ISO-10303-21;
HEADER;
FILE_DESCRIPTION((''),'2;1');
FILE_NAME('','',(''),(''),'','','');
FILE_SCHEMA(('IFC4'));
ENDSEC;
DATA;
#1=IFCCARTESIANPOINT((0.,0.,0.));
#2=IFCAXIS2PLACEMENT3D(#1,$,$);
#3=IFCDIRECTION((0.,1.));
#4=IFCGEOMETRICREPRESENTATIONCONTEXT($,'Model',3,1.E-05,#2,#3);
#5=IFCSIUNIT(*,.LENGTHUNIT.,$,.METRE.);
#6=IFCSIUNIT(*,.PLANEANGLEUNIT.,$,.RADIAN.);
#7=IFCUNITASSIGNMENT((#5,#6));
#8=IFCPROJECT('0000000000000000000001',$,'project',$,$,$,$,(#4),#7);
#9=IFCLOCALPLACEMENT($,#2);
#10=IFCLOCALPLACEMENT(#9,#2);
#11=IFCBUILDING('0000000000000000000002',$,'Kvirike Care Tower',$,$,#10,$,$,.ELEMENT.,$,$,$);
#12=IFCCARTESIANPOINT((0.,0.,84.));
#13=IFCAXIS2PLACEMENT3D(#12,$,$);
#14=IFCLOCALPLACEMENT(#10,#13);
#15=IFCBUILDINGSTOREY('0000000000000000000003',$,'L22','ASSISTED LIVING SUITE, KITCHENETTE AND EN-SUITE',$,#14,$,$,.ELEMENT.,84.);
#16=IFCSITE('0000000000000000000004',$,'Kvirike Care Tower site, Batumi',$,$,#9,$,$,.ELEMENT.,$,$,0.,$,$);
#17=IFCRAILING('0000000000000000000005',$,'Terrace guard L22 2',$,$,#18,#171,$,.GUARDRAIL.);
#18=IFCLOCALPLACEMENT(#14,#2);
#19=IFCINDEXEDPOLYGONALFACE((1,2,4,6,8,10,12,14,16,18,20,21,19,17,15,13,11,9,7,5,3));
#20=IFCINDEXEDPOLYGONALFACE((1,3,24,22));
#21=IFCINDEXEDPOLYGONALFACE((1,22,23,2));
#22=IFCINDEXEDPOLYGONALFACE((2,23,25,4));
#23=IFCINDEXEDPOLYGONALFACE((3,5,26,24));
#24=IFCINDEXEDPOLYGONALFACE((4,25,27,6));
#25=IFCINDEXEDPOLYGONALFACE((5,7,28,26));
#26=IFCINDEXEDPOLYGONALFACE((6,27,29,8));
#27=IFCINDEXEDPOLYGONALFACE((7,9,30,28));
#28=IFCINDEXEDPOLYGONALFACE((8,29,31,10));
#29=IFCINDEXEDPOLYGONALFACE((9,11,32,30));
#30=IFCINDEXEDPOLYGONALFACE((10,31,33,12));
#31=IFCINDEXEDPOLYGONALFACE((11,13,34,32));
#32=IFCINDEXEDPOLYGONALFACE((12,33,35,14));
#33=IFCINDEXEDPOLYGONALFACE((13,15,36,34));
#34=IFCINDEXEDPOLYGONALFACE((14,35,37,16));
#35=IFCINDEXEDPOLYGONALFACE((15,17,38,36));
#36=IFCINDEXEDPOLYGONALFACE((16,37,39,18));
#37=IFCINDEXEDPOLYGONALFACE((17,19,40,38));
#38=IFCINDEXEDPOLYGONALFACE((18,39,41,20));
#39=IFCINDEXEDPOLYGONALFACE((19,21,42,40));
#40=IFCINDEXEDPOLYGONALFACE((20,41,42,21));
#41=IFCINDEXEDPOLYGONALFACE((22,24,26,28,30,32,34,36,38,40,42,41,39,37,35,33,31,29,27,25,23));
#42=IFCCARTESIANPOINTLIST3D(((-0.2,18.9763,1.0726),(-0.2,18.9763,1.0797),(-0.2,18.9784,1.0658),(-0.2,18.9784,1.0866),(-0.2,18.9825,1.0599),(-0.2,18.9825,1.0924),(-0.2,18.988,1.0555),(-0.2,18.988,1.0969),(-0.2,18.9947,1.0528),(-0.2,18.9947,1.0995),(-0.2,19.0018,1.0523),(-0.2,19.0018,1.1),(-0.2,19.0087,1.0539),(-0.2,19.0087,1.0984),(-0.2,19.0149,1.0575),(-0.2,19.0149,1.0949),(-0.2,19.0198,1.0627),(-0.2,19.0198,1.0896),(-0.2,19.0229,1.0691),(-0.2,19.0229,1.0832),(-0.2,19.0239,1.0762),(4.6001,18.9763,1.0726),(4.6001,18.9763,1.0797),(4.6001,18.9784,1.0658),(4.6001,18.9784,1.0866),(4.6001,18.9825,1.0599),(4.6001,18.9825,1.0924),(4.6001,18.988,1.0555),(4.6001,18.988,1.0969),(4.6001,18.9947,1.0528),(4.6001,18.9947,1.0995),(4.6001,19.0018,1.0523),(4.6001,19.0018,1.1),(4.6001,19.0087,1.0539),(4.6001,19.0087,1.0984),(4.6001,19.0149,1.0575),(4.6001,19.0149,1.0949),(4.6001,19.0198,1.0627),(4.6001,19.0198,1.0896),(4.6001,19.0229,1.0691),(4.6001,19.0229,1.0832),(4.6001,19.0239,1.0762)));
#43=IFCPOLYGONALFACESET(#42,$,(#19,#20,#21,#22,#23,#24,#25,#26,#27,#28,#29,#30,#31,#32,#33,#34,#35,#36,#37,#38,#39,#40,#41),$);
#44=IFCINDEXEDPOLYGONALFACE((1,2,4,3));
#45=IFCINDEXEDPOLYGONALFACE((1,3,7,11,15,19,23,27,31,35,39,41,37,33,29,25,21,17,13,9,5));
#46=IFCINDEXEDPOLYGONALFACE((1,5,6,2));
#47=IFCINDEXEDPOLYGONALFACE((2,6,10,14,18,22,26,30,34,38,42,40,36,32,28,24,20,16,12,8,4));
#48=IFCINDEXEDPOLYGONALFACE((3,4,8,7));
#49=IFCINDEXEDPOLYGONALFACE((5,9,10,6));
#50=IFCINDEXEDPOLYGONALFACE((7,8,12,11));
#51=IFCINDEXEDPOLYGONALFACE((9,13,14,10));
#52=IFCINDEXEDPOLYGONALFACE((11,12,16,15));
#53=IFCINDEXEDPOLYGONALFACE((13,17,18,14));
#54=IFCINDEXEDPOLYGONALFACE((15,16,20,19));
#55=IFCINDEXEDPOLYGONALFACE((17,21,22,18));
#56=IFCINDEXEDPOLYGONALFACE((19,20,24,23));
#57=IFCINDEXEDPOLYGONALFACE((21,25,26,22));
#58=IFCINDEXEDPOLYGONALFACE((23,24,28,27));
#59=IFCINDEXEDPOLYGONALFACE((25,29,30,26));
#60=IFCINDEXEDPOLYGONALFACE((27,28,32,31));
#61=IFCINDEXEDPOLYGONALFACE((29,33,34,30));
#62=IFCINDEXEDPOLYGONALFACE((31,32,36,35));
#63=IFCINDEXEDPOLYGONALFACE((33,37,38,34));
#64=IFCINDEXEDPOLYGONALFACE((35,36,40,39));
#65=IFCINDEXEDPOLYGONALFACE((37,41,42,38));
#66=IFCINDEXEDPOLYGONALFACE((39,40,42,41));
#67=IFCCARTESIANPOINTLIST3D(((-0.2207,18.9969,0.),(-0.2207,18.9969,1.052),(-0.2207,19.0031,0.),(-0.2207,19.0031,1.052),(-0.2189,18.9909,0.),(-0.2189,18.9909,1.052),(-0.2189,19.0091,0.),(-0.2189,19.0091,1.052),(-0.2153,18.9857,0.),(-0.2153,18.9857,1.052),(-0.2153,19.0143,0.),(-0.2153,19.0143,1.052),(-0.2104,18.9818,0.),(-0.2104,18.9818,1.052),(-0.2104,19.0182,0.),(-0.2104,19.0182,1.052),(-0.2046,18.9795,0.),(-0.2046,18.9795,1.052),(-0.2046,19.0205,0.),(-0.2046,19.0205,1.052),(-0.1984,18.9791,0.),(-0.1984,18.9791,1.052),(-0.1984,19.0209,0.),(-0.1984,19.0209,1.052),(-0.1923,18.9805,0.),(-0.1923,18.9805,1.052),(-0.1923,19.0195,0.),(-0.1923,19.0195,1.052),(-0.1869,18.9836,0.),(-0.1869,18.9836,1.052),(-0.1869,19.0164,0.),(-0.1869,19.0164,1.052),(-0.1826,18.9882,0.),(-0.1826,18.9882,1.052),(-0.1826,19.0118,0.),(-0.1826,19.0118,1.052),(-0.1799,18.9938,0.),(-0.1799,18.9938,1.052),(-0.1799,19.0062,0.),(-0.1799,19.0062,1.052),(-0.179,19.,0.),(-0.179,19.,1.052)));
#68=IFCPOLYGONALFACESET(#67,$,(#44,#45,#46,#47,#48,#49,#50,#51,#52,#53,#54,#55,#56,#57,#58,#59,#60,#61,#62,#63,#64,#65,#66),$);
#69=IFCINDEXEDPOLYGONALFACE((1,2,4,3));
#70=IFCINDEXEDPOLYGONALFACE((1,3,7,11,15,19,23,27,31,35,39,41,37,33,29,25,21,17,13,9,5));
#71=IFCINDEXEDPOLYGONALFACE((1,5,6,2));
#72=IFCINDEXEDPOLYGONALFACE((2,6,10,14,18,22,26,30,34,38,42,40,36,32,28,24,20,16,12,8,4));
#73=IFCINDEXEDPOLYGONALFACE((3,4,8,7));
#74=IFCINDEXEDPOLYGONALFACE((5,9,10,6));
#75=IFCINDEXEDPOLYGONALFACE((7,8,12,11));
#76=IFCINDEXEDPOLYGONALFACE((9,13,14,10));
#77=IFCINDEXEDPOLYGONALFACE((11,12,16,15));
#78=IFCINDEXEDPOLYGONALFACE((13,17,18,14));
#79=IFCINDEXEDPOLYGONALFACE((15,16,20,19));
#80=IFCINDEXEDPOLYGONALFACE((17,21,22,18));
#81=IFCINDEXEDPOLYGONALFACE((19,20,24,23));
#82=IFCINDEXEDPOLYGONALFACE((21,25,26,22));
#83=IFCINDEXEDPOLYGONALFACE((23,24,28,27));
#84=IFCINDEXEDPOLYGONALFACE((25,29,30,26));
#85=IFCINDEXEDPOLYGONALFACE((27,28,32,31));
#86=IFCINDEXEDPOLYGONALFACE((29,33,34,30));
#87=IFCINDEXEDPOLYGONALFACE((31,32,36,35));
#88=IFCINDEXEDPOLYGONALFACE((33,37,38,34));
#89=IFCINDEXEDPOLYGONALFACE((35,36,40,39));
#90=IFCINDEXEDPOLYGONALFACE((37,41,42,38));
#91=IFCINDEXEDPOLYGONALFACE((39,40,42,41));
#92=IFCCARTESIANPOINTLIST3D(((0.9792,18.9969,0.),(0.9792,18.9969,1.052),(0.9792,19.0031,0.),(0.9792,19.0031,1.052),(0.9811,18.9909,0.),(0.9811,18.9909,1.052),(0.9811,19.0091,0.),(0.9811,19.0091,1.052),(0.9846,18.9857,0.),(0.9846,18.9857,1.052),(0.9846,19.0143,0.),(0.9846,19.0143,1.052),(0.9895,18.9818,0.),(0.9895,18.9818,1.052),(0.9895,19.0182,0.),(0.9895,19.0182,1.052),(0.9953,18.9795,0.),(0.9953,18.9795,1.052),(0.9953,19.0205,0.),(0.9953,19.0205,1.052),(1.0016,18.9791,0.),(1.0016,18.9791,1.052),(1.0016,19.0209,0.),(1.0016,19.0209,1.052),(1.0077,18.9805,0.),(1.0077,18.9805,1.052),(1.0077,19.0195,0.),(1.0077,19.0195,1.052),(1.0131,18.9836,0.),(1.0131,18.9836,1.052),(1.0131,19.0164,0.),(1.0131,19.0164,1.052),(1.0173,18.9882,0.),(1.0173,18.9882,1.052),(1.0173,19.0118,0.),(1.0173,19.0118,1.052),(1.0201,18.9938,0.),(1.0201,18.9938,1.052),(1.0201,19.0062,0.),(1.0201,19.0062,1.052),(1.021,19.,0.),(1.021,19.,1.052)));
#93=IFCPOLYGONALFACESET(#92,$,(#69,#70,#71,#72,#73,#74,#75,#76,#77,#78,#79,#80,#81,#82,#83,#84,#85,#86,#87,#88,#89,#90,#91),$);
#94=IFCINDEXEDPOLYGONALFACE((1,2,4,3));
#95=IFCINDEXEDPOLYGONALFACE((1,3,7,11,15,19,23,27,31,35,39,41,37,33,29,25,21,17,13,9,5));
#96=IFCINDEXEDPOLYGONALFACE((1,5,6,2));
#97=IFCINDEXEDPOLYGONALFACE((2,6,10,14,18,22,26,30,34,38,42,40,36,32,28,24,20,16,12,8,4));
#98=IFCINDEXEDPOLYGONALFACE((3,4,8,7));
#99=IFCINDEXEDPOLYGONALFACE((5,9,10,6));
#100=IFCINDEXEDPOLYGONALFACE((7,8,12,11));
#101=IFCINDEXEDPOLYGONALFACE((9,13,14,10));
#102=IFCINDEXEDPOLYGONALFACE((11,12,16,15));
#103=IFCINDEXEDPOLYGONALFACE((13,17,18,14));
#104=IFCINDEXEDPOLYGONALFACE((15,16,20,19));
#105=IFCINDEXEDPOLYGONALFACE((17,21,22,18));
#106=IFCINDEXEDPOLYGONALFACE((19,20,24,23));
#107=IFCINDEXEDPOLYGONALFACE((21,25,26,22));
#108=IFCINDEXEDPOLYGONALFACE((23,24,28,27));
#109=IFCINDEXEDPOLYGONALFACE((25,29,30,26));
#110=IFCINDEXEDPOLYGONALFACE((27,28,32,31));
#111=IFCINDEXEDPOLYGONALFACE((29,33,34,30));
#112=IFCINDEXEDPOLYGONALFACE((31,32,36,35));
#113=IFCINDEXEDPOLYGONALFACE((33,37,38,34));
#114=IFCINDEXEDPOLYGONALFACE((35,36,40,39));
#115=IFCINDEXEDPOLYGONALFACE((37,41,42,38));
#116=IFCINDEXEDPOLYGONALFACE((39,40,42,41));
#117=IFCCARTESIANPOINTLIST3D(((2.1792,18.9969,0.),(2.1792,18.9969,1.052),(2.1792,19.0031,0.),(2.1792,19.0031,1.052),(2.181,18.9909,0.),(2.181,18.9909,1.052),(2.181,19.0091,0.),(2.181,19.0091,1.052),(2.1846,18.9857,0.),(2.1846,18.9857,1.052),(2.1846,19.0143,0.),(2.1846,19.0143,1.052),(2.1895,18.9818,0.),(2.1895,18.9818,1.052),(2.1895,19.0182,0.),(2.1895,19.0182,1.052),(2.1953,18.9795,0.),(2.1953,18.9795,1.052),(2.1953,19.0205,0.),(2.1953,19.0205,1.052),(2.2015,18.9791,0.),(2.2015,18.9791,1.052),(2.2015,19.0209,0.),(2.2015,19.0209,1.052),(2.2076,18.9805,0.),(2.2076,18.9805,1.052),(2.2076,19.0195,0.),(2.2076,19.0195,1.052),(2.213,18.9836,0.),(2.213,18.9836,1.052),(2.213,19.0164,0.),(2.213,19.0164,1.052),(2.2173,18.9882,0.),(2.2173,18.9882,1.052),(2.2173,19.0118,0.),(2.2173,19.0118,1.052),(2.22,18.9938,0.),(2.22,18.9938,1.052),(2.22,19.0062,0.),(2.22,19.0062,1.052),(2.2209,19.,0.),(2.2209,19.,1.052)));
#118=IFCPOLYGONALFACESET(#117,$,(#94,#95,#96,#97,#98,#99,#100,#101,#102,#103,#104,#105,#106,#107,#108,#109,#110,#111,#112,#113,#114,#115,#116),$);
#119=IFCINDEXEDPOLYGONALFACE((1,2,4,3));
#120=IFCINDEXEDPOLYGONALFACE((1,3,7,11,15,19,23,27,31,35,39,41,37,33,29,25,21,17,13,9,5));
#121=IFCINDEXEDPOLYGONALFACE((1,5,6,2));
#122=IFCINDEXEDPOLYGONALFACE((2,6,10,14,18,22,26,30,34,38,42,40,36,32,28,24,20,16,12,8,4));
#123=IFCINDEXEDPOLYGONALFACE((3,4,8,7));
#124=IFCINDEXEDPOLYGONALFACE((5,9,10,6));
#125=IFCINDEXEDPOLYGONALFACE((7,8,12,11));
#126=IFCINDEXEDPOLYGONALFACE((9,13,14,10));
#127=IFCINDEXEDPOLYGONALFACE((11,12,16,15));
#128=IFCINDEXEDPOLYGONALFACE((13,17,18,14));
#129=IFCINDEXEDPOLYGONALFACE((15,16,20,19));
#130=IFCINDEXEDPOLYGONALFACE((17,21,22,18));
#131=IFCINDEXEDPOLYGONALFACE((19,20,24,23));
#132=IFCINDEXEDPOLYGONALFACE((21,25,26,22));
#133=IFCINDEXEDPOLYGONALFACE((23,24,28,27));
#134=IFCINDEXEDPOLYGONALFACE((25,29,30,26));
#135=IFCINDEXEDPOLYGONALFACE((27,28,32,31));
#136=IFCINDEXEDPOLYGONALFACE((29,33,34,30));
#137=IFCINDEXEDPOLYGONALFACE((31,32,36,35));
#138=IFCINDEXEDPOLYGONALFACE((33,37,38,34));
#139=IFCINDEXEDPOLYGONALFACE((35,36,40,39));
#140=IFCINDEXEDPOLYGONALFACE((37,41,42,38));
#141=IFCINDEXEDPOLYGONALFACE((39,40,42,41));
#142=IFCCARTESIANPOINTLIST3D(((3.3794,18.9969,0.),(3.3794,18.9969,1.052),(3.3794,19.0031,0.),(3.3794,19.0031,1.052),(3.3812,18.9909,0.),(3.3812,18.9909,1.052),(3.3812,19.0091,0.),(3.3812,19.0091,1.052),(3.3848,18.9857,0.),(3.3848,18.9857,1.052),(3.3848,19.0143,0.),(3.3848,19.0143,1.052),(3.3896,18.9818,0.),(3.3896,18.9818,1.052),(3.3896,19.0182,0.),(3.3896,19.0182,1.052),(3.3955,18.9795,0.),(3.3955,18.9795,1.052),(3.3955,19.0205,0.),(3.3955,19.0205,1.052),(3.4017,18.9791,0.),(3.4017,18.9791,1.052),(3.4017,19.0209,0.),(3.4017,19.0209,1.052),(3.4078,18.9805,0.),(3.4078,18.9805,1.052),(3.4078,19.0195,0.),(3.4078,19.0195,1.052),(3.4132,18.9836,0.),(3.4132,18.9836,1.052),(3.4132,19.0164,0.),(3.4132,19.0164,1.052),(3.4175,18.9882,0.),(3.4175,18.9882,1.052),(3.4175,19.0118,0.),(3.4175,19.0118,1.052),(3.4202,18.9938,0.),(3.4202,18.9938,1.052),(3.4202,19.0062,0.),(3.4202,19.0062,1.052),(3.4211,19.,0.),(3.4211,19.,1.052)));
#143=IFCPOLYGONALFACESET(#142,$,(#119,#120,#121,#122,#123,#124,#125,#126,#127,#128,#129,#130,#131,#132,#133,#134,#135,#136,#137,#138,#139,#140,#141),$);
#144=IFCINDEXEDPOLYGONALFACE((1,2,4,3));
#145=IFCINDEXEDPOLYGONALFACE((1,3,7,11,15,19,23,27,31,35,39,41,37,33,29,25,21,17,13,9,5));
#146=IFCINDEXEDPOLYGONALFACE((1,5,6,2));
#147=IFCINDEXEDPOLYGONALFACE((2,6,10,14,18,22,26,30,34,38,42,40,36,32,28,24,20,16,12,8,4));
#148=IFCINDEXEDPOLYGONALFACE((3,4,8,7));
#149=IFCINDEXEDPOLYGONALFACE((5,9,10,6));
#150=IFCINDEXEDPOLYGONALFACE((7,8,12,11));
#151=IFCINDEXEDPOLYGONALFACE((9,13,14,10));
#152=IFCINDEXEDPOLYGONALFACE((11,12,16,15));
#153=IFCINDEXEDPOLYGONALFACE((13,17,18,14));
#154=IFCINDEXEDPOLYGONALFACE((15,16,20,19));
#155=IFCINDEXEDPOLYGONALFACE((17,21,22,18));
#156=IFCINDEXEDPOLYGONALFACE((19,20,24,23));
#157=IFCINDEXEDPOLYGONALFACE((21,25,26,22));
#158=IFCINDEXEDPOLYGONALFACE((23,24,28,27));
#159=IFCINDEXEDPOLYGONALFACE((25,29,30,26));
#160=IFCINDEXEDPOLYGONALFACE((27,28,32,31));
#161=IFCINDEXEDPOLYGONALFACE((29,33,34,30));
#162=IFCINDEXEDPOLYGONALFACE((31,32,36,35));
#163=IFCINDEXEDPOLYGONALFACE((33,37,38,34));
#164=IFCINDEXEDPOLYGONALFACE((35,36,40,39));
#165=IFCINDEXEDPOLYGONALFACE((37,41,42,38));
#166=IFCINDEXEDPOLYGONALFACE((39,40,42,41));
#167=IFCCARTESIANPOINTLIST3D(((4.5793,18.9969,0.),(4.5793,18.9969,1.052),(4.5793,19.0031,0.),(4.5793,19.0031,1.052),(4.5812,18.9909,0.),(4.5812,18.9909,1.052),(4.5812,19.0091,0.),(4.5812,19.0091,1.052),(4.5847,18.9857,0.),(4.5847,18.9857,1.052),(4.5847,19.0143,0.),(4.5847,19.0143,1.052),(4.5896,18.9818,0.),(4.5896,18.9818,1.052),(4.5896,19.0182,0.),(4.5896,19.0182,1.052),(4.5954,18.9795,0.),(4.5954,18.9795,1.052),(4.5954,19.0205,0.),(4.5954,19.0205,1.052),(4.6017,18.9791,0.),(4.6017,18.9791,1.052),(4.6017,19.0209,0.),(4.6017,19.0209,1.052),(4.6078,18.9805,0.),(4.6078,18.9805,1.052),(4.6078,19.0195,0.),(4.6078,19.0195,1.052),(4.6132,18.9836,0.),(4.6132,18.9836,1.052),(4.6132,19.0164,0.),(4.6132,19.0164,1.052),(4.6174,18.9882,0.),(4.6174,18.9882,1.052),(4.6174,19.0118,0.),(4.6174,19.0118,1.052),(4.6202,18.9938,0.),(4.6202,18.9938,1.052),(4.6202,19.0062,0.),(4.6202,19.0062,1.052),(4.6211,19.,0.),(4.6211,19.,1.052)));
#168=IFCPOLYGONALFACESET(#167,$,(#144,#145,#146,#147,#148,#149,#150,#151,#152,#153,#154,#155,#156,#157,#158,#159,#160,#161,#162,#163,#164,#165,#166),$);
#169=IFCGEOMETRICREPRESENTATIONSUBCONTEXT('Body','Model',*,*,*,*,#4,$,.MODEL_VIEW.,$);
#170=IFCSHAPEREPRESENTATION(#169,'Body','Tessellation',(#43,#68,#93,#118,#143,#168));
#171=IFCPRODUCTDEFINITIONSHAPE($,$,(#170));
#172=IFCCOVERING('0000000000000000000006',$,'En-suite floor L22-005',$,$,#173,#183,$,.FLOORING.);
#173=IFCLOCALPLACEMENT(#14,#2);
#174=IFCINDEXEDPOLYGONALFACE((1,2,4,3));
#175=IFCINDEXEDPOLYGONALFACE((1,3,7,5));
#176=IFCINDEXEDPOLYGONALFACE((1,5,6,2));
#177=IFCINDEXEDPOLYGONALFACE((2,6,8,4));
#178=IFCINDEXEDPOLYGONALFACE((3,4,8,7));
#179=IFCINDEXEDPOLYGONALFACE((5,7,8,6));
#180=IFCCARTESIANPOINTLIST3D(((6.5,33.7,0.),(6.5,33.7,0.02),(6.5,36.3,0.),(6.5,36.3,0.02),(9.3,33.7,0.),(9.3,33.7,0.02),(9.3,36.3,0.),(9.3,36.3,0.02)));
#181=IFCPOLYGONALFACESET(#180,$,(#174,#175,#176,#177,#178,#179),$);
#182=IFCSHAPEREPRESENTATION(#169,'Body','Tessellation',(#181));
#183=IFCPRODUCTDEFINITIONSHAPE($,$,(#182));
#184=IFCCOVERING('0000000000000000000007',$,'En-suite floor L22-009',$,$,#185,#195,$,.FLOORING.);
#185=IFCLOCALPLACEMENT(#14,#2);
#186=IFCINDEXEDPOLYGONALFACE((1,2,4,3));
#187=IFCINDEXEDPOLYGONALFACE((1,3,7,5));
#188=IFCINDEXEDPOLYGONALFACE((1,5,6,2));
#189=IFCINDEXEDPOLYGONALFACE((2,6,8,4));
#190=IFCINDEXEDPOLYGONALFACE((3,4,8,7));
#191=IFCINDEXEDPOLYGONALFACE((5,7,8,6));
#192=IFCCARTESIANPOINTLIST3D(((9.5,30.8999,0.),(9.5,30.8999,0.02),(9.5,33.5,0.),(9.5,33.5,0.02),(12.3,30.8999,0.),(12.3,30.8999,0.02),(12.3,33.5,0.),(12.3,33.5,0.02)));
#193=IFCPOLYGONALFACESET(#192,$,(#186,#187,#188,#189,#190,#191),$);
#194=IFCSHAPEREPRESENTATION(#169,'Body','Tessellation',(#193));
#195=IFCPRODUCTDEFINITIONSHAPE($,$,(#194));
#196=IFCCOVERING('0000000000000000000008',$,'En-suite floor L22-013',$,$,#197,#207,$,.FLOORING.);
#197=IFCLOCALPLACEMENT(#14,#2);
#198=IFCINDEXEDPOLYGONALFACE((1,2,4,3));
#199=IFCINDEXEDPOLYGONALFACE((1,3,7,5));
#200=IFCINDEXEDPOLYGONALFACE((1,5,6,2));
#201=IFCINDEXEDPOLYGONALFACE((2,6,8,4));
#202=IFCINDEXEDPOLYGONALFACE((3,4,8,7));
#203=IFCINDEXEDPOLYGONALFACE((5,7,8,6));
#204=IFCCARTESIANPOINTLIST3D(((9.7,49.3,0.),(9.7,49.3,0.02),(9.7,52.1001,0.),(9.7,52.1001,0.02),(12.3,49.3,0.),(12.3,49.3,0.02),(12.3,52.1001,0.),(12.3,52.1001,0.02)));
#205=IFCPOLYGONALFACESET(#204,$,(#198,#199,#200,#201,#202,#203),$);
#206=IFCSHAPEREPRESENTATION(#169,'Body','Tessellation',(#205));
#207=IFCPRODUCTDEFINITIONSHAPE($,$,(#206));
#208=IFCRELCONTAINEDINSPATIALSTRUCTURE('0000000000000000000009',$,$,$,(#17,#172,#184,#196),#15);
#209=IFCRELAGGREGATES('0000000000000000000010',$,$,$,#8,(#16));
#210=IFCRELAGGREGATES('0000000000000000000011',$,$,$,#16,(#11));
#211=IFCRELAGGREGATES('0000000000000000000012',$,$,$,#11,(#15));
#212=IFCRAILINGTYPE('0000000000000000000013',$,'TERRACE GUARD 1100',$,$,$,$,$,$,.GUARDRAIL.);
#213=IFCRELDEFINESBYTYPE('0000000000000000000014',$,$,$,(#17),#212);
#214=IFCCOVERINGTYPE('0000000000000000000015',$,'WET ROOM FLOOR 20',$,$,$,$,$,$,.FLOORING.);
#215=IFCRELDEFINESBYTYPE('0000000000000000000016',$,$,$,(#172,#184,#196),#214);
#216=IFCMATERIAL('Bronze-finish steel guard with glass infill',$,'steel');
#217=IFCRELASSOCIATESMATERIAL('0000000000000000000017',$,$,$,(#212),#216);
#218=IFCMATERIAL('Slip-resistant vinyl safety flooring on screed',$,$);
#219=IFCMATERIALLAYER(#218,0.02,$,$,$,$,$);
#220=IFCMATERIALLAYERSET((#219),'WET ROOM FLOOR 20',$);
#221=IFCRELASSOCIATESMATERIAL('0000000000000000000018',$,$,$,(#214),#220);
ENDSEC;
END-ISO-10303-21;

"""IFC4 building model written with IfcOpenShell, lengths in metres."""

from ifc_helpers import new_model, si_unit, direction, frame, origin, origin_2d, place, context, subcontext, project, spatial, polyline, circle, outline, extrude, material, layer, layer_set, type_object, element, save


model = new_model("IFC4")

# Units and contexts
model_context = context("Model", 3, precision=1e-05, world=origin(), true_north=direction((0.0, 1.0)))
body_context = subcontext(model_context, "Body", "Model", "MODEL_VIEW")
ifc_project = project(units=[si_unit("LENGTHUNIT", "METRE"), si_unit("PLANEANGLEUNIT", "RADIAN")], contexts=[model_context])

# Site, building, storey
site_placement = place(None, origin())
site = spatial("IfcSite", under=ifc_project, at=site_placement, Name="Kvirike Care Tower site, Batumi", CompositionType="ELEMENT", RefElevation=0.0)
building_placement = place(site_placement, origin())
building = spatial("IfcBuilding", under=site, at=building_placement, Name="Kvirike Care Tower", CompositionType="ELEMENT")
storey_placement = place(building_placement, frame((0.0, 0.0, 84.0)))
storey = spatial("IfcBuildingStorey", under=building, at=storey_placement, Name="L22", Description="ASSISTED LIVING SUITE, KITCHENETTE AND EN-SUITE", CompositionType="ELEMENT", Elevation=84.0)

# Railing
ifc_material_1 = material(Name="Bronze-finish steel guard with glass infill", Category="steel")
railing_type = type_object("IfcRailingType", Name="TERRACE GUARD 1100", PredefinedType="GUARDRAIL", material=ifc_material_1)
railing_1_placement = place(storey_placement, frame((-0.2, 19.0, 0.0)))
element("IfcRailing", 1, at=railing_1_placement, inside=storey, type_object=railing_type, Name="Terrace guard L22 2", PredefinedType="GUARDRAIL", context=body_context, shape_type="SweptSolid", body=[
    extrude(circle(Radius=0.0239, at=origin_2d()), frame((0.0, 0.0, 1.0762), z_axis=(1.0, 0.0, 0.0), x_axis=(0.0, 1.0, 0.0)), (0.0, 0.0, 1.0), 4.8),
    extrude(circle(Radius=0.021, at=origin_2d()), origin(), (0.0, 0.0, 1.0), 1.052),
    extrude(circle(Radius=0.021, at=origin_2d()), frame((1.2, 0.0, 0.0)), (0.0, 0.0, 1.0), 1.052),
    extrude(circle(Radius=0.021, at=origin_2d()), frame((2.3999, 0.0, 0.0)), (0.0, 0.0, 1.0), 1.052),
    extrude(circle(Radius=0.021, at=origin_2d()), frame((3.6001, 0.0, 0.0)), (0.0, 0.0, 1.0), 1.052),
    extrude(circle(Radius=0.021, at=origin_2d()), frame((4.8, 0.0, 0.0)), (0.0, 0.0, 1.0), 1.052),
])

# Coverings
ifc_material_2 = material(Name="Slip-resistant vinyl safety flooring on screed")
ifc_layer_1 = layer(ifc_material_2, 0.02)
ifc_layer_set_1 = layer_set([ifc_layer_1], Name="WET ROOM FLOOR 20")
covering_type_1 = type_object("IfcCoveringType", Name="WET ROOM FLOOR 20", PredefinedType="FLOORING", material=ifc_layer_set_1)
covering_1_placement = place(storey_placement, origin())
element("IfcCovering", 2, at=covering_1_placement, inside=storey, type_object=covering_type_1, Name="En-suite floor L22-005", PredefinedType="FLOORING", context=body_context, shape_type="SweptSolid", body=[
    extrude(outline(polyline([(6.5, 36.3), (9.3, 36.3), (9.3, 33.7), (6.5, 33.7), (6.5, 36.3)])), origin(), (0.0, 0.0, 1.0), 0.02),
])
covering_2_placement = place(storey_placement, origin())
element("IfcCovering", 3, at=covering_2_placement, inside=storey, type_object=covering_type_1, Name="En-suite floor L22-009", PredefinedType="FLOORING", context=body_context, shape_type="SweptSolid", body=[
    extrude(outline(polyline([(9.5, 33.5), (12.3, 33.5), (12.3, 30.8999), (9.5, 30.8999), (9.5, 33.5)])), origin(), (0.0, 0.0, 1.0), 0.02),
])
covering_3_placement = place(storey_placement, origin())
element("IfcCovering", 4, at=covering_3_placement, inside=storey, type_object=covering_type_1, Name="En-suite floor L22-013", PredefinedType="FLOORING", context=body_context, shape_type="SweptSolid", body=[
    extrude(outline(polyline([(12.3, 52.1001), (12.3, 49.3), (9.7, 49.3), (9.7, 52.1001), (12.3, 52.1001)])), origin(), (0.0, 0.0, 1.0), 0.02),
])

save(model, "model.ifc")
